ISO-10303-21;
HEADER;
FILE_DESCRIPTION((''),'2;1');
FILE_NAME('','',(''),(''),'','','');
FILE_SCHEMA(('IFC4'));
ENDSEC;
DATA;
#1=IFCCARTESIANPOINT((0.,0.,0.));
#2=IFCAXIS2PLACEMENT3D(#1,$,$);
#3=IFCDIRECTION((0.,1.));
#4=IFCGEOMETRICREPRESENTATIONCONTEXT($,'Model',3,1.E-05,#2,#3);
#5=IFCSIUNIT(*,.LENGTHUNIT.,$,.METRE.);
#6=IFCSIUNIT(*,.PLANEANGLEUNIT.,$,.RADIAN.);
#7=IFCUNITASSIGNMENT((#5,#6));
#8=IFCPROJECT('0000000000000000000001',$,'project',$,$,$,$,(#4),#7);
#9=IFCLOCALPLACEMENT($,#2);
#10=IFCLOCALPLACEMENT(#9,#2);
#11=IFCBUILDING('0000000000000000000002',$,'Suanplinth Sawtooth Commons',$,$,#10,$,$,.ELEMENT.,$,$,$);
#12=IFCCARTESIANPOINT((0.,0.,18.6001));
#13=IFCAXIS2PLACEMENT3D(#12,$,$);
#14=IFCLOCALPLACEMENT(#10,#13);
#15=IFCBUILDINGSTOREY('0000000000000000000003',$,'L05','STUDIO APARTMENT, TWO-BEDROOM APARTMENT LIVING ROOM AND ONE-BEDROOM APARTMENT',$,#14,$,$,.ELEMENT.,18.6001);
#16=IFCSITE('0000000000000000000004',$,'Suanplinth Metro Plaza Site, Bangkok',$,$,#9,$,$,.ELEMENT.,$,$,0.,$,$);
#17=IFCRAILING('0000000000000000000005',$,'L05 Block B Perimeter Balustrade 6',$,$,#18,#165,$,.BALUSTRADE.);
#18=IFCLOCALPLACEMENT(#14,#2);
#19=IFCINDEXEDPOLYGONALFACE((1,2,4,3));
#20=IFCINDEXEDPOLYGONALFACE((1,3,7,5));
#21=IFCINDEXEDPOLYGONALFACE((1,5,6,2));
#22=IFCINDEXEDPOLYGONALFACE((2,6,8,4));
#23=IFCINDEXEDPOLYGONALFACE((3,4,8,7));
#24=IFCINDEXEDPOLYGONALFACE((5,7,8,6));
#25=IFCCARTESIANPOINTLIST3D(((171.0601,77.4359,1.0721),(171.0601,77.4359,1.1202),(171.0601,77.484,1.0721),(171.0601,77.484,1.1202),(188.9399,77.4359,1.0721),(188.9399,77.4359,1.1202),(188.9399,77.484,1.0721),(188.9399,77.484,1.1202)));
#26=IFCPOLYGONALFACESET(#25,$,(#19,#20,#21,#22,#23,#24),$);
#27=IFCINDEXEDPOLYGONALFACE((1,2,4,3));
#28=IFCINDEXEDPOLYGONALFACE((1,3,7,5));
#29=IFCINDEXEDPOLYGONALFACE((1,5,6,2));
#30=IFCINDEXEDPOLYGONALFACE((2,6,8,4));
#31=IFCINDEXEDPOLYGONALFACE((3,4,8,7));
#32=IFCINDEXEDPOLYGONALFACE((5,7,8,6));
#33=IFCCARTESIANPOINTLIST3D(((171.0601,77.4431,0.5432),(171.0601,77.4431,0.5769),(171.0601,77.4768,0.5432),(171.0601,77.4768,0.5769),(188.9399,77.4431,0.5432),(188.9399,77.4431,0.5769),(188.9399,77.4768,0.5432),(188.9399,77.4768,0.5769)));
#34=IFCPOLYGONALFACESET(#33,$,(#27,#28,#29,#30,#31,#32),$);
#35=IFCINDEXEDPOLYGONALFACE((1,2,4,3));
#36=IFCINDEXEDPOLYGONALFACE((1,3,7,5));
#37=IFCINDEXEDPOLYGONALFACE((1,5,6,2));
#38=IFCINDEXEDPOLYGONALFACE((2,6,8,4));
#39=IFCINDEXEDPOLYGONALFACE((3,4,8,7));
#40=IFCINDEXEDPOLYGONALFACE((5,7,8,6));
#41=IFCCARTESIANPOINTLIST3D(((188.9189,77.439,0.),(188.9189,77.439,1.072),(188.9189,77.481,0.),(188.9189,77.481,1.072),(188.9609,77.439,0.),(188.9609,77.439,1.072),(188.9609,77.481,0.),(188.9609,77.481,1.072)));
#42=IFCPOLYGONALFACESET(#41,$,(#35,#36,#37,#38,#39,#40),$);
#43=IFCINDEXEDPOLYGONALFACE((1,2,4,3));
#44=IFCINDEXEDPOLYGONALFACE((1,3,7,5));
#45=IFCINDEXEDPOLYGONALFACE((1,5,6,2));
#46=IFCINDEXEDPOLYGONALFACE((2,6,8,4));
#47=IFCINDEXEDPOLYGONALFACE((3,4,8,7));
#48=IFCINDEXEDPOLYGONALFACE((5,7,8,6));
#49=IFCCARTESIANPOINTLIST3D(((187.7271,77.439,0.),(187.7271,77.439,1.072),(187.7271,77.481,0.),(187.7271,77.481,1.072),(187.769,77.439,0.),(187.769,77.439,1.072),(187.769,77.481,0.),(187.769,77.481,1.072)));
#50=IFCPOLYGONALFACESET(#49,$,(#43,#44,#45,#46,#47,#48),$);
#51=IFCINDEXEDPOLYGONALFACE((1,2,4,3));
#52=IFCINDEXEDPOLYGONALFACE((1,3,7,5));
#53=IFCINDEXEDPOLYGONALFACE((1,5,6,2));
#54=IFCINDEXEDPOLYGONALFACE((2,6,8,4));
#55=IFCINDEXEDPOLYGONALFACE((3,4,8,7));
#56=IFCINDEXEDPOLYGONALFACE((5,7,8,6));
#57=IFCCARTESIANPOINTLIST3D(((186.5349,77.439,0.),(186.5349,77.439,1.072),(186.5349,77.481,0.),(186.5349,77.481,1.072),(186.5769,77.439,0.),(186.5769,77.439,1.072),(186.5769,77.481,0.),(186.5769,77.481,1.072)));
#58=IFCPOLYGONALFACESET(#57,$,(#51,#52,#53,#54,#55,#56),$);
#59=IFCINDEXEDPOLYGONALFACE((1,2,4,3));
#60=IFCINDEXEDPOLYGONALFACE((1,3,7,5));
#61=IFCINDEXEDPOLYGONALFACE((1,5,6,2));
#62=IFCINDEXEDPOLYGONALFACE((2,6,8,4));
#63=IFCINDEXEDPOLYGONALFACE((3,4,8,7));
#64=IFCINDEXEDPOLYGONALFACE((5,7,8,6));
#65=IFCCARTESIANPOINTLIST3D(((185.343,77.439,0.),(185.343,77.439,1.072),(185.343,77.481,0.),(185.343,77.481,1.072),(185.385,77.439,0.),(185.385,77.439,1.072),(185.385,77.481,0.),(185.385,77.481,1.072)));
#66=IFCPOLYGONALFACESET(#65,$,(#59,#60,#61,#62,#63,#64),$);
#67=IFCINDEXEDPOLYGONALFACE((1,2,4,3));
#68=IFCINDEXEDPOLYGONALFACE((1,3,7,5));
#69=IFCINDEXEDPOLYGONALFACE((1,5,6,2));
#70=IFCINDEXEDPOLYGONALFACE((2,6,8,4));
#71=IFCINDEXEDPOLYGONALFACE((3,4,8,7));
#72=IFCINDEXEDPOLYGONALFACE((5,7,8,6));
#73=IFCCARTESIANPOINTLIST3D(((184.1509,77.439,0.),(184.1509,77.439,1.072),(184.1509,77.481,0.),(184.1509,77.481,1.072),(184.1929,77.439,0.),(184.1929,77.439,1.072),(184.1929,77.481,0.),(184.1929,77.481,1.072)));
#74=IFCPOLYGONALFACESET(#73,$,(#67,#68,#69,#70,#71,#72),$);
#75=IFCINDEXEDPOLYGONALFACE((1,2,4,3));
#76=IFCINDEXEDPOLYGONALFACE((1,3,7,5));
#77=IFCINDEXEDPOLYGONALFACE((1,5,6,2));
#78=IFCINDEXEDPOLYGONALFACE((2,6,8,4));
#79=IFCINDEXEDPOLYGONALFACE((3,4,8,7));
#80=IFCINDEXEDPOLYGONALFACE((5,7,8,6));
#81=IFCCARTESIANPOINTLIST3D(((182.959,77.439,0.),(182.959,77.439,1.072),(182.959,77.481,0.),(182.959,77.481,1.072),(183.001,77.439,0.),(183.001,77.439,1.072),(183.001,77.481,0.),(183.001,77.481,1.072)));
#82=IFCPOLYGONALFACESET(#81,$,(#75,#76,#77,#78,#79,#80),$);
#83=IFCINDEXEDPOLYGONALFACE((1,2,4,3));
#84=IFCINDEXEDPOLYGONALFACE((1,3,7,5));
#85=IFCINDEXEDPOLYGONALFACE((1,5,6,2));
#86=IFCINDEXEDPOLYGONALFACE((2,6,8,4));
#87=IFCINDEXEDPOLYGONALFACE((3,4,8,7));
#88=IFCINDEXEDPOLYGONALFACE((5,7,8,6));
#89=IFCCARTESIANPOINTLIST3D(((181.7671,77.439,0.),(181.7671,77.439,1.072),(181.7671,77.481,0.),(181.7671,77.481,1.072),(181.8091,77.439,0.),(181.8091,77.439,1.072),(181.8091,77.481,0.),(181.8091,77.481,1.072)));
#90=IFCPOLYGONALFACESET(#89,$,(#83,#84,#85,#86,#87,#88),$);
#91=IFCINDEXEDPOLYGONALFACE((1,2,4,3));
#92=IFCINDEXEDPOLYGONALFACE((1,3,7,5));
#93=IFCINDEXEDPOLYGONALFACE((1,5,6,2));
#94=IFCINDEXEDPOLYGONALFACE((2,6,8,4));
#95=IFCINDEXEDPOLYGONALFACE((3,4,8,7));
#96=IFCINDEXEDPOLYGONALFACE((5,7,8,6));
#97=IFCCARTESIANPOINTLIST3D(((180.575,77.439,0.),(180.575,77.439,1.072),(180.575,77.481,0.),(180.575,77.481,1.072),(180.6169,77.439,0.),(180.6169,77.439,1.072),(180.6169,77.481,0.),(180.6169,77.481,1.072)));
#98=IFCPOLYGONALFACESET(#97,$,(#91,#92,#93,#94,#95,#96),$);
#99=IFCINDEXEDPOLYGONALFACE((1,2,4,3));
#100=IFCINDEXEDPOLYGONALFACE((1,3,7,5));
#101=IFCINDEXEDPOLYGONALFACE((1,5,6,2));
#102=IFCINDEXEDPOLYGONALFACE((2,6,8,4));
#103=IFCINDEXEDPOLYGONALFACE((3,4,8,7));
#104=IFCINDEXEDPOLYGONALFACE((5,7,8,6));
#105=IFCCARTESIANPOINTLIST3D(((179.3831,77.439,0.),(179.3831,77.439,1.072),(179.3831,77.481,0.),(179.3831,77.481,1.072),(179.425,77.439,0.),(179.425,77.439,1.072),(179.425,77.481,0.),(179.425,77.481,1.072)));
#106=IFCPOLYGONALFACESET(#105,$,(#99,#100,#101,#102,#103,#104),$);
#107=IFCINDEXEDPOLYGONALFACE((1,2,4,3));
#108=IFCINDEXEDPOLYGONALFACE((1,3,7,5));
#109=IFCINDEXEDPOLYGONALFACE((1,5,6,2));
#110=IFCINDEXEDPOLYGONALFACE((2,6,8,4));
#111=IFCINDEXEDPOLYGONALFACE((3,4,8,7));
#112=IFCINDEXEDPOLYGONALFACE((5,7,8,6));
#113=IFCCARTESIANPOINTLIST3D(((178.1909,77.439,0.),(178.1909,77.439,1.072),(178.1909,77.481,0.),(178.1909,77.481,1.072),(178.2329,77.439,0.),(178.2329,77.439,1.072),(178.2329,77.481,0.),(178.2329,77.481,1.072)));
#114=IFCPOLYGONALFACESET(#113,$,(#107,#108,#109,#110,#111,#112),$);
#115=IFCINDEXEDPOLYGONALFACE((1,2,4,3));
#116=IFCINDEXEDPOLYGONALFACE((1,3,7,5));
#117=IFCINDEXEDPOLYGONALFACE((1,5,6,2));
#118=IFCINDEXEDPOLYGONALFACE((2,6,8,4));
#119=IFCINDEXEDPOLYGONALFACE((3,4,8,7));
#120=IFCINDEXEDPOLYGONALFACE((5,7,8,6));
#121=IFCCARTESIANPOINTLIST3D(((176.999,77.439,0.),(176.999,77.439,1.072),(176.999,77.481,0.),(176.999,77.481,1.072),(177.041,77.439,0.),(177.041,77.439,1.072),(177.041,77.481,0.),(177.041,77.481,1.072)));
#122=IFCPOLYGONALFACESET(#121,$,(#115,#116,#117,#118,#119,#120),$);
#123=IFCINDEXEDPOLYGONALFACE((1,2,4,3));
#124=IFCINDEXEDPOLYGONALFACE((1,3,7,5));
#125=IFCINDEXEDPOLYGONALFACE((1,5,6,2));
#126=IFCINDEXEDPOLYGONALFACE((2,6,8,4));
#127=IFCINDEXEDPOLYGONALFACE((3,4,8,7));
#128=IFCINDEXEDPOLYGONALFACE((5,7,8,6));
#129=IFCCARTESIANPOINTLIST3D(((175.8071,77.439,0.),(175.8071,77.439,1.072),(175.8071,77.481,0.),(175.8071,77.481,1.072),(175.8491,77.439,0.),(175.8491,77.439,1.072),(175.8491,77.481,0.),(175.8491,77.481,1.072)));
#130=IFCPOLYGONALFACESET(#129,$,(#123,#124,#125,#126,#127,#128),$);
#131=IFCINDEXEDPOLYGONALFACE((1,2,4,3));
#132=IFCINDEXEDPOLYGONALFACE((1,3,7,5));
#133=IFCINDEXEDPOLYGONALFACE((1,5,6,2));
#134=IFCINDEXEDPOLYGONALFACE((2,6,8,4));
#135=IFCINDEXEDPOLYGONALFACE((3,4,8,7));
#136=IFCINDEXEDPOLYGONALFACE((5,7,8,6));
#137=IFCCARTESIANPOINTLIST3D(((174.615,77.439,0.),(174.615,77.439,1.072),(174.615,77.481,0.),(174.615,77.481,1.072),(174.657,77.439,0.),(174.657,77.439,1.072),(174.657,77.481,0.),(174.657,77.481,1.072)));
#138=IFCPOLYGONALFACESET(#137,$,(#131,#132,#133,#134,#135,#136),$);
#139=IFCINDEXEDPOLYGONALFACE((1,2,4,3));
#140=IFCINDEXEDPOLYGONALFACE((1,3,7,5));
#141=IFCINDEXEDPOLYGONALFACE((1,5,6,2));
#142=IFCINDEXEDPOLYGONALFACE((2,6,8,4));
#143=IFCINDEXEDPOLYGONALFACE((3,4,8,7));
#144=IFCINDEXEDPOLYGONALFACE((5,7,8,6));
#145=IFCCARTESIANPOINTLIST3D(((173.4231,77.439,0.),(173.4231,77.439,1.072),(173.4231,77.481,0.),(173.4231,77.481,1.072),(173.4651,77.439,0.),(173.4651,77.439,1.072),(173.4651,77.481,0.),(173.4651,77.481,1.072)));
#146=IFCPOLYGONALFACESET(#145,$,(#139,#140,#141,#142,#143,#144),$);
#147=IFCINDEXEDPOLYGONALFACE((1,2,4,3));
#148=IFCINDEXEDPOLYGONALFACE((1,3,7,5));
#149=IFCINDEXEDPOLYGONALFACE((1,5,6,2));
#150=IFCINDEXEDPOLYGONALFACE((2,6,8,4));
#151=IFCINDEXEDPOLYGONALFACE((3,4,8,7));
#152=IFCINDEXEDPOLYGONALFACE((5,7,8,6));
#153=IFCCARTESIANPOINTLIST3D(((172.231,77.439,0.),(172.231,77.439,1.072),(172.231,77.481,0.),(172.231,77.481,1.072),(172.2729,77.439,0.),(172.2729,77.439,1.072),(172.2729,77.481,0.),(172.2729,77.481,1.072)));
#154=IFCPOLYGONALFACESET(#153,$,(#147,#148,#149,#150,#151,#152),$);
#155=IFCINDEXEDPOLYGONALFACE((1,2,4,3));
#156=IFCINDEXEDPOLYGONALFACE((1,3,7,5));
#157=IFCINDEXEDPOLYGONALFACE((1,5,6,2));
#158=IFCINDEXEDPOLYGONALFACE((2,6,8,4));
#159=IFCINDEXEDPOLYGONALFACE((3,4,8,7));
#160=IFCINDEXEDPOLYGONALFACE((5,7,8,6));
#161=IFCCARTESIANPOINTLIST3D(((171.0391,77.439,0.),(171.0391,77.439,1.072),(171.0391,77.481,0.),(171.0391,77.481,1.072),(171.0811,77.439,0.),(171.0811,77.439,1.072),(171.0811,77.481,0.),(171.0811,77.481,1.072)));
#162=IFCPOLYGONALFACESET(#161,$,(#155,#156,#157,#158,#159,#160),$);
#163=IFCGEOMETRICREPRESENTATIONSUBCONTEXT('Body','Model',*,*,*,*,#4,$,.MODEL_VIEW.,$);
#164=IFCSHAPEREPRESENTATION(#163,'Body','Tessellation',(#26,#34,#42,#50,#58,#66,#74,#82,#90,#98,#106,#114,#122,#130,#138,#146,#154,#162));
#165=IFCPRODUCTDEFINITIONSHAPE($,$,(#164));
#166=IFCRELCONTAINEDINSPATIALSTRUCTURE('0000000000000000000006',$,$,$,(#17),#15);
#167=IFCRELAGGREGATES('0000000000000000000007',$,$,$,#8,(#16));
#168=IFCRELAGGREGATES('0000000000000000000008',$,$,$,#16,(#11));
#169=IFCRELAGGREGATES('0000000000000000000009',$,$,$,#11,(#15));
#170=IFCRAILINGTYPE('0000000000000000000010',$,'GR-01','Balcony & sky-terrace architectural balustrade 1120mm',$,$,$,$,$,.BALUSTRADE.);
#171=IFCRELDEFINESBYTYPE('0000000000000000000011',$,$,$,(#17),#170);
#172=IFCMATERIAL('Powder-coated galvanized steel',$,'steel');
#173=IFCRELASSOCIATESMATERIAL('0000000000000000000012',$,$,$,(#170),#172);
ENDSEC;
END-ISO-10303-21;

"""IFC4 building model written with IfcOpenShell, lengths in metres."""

from ifc_helpers import new_model, si_unit, direction, frame, origin, origin_2d, place, context, subcontext, project, spatial, rectangle, extrude, material, type_object, element, save


model = new_model("IFC4")

# Units and contexts
model_context = context("Model", 3, precision=1e-05, world=origin(), true_north=direction((0.0, 1.0)))
body_context = subcontext(model_context, "Body", "Model", "MODEL_VIEW")
ifc_project = project(units=[si_unit("LENGTHUNIT", "METRE"), si_unit("PLANEANGLEUNIT", "RADIAN")], contexts=[model_context])

# Site, building, storey
site_placement = place(None, origin())
site = spatial("IfcSite", under=ifc_project, at=site_placement, Name="Suanplinth Metro Plaza Site, Bangkok", CompositionType="ELEMENT", RefElevation=0.0)
building_placement = place(site_placement, origin())
building = spatial("IfcBuilding", under=site, at=building_placement, Name="Suanplinth Sawtooth Commons", CompositionType="ELEMENT")
storey_placement = place(building_placement, frame((0.0, 0.0, 18.6001)))
storey = spatial("IfcBuildingStorey", under=building, at=storey_placement, Name="L05", Description="STUDIO APARTMENT, TWO-BEDROOM APARTMENT LIVING ROOM AND ONE-BEDROOM APARTMENT", CompositionType="ELEMENT", Elevation=18.6001)

# Railing
ifc_material_1 = material(Name="Powder-coated galvanized steel", Category="steel")
railing_type = type_object("IfcRailingType", Name="GR-01", Description="Balcony & sky-terrace architectural balustrade 1120mm", PredefinedType="BALUSTRADE", material=ifc_material_1)
railing_placement = place(storey_placement, frame((188.9399, 77.46, 0.0)))
element("IfcRailing", 1, at=railing_placement, inside=storey, type_object=railing_type, Name="L05 Block B Perimeter Balustrade 6", PredefinedType="BALUSTRADE", context=body_context, shape_type="SweptSolid", body=[
    extrude(rectangle(XDim=0.0481, YDim=0.0481, at=origin_2d()), frame((0.0, 0.0, 1.0962), z_axis=(-1.0, 0.0, 0.0), x_axis=(0.0, -1.0, 0.0)), (0.0, 0.0, 1.0), 17.8799),
    extrude(rectangle(XDim=0.0337, YDim=0.0337, at=origin_2d()), frame((0.0, 0.0, 0.5601), z_axis=(-1.0, 0.0, 0.0), x_axis=(0.0, -1.0, 0.0)), (0.0, 0.0, 1.0), 17.8799),
    extrude(rectangle(XDim=0.042, YDim=0.042, at=origin_2d()), origin(), (0.0, 0.0, 1.0), 1.072),
    extrude(rectangle(XDim=0.042, YDim=0.042, at=origin_2d()), frame((-1.1919, 0.0, 0.0)), (0.0, 0.0, 1.0), 1.072),
    extrude(rectangle(XDim=0.042, YDim=0.042, at=origin_2d()), frame((-2.384, 0.0, 0.0)), (0.0, 0.0, 1.0), 1.072),
    extrude(rectangle(XDim=0.042, YDim=0.042, at=origin_2d()), frame((-3.5759, 0.0, 0.0)), (0.0, 0.0, 1.0), 1.072),
    extrude(rectangle(XDim=0.042, YDim=0.042, at=origin_2d()), frame((-4.7681, 0.0, 0.0)), (0.0, 0.0, 1.0), 1.072),
    extrude(rectangle(XDim=0.042, YDim=0.042, at=origin_2d()), frame((-5.96, 0.0, 0.0)), (0.0, 0.0, 1.0), 1.072),
    extrude(rectangle(XDim=0.042, YDim=0.042, at=origin_2d()), frame((-7.1519, 0.0, 0.0)), (0.0, 0.0, 1.0), 1.072),
    extrude(rectangle(XDim=0.042, YDim=0.042, at=origin_2d()), frame((-8.344, 0.0, 0.0)), (0.0, 0.0, 1.0), 1.072),
    extrude(rectangle(XDim=0.042, YDim=0.042, at=origin_2d()), frame((-9.5359, 0.0, 0.0)), (0.0, 0.0, 1.0), 1.072),
    extrude(rectangle(XDim=0.042, YDim=0.042, at=origin_2d()), frame((-10.728, 0.0, 0.0)), (0.0, 0.0, 1.0), 1.072),
    extrude(rectangle(XDim=0.042, YDim=0.042, at=origin_2d()), frame((-11.9199, 0.0, 0.0)), (0.0, 0.0, 1.0), 1.072),
    extrude(rectangle(XDim=0.042, YDim=0.042, at=origin_2d()), frame((-13.1118, 0.0, 0.0)), (0.0, 0.0, 1.0), 1.072),
    extrude(rectangle(XDim=0.042, YDim=0.042, at=origin_2d()), frame((-14.304, 0.0, 0.0)), (0.0, 0.0, 1.0), 1.072),
    extrude(rectangle(XDim=0.042, YDim=0.042, at=origin_2d()), frame((-15.4958, 0.0, 0.0)), (0.0, 0.0, 1.0), 1.072),
    extrude(rectangle(XDim=0.042, YDim=0.042, at=origin_2d()), frame((-16.688, 0.0, 0.0)), (0.0, 0.0, 1.0), 1.072),
    extrude(rectangle(XDim=0.042, YDim=0.042, at=origin_2d()), frame((-17.8799, 0.0, 0.0)), (0.0, 0.0, 1.0), 1.072),
])

save(model, "model.ifc")
